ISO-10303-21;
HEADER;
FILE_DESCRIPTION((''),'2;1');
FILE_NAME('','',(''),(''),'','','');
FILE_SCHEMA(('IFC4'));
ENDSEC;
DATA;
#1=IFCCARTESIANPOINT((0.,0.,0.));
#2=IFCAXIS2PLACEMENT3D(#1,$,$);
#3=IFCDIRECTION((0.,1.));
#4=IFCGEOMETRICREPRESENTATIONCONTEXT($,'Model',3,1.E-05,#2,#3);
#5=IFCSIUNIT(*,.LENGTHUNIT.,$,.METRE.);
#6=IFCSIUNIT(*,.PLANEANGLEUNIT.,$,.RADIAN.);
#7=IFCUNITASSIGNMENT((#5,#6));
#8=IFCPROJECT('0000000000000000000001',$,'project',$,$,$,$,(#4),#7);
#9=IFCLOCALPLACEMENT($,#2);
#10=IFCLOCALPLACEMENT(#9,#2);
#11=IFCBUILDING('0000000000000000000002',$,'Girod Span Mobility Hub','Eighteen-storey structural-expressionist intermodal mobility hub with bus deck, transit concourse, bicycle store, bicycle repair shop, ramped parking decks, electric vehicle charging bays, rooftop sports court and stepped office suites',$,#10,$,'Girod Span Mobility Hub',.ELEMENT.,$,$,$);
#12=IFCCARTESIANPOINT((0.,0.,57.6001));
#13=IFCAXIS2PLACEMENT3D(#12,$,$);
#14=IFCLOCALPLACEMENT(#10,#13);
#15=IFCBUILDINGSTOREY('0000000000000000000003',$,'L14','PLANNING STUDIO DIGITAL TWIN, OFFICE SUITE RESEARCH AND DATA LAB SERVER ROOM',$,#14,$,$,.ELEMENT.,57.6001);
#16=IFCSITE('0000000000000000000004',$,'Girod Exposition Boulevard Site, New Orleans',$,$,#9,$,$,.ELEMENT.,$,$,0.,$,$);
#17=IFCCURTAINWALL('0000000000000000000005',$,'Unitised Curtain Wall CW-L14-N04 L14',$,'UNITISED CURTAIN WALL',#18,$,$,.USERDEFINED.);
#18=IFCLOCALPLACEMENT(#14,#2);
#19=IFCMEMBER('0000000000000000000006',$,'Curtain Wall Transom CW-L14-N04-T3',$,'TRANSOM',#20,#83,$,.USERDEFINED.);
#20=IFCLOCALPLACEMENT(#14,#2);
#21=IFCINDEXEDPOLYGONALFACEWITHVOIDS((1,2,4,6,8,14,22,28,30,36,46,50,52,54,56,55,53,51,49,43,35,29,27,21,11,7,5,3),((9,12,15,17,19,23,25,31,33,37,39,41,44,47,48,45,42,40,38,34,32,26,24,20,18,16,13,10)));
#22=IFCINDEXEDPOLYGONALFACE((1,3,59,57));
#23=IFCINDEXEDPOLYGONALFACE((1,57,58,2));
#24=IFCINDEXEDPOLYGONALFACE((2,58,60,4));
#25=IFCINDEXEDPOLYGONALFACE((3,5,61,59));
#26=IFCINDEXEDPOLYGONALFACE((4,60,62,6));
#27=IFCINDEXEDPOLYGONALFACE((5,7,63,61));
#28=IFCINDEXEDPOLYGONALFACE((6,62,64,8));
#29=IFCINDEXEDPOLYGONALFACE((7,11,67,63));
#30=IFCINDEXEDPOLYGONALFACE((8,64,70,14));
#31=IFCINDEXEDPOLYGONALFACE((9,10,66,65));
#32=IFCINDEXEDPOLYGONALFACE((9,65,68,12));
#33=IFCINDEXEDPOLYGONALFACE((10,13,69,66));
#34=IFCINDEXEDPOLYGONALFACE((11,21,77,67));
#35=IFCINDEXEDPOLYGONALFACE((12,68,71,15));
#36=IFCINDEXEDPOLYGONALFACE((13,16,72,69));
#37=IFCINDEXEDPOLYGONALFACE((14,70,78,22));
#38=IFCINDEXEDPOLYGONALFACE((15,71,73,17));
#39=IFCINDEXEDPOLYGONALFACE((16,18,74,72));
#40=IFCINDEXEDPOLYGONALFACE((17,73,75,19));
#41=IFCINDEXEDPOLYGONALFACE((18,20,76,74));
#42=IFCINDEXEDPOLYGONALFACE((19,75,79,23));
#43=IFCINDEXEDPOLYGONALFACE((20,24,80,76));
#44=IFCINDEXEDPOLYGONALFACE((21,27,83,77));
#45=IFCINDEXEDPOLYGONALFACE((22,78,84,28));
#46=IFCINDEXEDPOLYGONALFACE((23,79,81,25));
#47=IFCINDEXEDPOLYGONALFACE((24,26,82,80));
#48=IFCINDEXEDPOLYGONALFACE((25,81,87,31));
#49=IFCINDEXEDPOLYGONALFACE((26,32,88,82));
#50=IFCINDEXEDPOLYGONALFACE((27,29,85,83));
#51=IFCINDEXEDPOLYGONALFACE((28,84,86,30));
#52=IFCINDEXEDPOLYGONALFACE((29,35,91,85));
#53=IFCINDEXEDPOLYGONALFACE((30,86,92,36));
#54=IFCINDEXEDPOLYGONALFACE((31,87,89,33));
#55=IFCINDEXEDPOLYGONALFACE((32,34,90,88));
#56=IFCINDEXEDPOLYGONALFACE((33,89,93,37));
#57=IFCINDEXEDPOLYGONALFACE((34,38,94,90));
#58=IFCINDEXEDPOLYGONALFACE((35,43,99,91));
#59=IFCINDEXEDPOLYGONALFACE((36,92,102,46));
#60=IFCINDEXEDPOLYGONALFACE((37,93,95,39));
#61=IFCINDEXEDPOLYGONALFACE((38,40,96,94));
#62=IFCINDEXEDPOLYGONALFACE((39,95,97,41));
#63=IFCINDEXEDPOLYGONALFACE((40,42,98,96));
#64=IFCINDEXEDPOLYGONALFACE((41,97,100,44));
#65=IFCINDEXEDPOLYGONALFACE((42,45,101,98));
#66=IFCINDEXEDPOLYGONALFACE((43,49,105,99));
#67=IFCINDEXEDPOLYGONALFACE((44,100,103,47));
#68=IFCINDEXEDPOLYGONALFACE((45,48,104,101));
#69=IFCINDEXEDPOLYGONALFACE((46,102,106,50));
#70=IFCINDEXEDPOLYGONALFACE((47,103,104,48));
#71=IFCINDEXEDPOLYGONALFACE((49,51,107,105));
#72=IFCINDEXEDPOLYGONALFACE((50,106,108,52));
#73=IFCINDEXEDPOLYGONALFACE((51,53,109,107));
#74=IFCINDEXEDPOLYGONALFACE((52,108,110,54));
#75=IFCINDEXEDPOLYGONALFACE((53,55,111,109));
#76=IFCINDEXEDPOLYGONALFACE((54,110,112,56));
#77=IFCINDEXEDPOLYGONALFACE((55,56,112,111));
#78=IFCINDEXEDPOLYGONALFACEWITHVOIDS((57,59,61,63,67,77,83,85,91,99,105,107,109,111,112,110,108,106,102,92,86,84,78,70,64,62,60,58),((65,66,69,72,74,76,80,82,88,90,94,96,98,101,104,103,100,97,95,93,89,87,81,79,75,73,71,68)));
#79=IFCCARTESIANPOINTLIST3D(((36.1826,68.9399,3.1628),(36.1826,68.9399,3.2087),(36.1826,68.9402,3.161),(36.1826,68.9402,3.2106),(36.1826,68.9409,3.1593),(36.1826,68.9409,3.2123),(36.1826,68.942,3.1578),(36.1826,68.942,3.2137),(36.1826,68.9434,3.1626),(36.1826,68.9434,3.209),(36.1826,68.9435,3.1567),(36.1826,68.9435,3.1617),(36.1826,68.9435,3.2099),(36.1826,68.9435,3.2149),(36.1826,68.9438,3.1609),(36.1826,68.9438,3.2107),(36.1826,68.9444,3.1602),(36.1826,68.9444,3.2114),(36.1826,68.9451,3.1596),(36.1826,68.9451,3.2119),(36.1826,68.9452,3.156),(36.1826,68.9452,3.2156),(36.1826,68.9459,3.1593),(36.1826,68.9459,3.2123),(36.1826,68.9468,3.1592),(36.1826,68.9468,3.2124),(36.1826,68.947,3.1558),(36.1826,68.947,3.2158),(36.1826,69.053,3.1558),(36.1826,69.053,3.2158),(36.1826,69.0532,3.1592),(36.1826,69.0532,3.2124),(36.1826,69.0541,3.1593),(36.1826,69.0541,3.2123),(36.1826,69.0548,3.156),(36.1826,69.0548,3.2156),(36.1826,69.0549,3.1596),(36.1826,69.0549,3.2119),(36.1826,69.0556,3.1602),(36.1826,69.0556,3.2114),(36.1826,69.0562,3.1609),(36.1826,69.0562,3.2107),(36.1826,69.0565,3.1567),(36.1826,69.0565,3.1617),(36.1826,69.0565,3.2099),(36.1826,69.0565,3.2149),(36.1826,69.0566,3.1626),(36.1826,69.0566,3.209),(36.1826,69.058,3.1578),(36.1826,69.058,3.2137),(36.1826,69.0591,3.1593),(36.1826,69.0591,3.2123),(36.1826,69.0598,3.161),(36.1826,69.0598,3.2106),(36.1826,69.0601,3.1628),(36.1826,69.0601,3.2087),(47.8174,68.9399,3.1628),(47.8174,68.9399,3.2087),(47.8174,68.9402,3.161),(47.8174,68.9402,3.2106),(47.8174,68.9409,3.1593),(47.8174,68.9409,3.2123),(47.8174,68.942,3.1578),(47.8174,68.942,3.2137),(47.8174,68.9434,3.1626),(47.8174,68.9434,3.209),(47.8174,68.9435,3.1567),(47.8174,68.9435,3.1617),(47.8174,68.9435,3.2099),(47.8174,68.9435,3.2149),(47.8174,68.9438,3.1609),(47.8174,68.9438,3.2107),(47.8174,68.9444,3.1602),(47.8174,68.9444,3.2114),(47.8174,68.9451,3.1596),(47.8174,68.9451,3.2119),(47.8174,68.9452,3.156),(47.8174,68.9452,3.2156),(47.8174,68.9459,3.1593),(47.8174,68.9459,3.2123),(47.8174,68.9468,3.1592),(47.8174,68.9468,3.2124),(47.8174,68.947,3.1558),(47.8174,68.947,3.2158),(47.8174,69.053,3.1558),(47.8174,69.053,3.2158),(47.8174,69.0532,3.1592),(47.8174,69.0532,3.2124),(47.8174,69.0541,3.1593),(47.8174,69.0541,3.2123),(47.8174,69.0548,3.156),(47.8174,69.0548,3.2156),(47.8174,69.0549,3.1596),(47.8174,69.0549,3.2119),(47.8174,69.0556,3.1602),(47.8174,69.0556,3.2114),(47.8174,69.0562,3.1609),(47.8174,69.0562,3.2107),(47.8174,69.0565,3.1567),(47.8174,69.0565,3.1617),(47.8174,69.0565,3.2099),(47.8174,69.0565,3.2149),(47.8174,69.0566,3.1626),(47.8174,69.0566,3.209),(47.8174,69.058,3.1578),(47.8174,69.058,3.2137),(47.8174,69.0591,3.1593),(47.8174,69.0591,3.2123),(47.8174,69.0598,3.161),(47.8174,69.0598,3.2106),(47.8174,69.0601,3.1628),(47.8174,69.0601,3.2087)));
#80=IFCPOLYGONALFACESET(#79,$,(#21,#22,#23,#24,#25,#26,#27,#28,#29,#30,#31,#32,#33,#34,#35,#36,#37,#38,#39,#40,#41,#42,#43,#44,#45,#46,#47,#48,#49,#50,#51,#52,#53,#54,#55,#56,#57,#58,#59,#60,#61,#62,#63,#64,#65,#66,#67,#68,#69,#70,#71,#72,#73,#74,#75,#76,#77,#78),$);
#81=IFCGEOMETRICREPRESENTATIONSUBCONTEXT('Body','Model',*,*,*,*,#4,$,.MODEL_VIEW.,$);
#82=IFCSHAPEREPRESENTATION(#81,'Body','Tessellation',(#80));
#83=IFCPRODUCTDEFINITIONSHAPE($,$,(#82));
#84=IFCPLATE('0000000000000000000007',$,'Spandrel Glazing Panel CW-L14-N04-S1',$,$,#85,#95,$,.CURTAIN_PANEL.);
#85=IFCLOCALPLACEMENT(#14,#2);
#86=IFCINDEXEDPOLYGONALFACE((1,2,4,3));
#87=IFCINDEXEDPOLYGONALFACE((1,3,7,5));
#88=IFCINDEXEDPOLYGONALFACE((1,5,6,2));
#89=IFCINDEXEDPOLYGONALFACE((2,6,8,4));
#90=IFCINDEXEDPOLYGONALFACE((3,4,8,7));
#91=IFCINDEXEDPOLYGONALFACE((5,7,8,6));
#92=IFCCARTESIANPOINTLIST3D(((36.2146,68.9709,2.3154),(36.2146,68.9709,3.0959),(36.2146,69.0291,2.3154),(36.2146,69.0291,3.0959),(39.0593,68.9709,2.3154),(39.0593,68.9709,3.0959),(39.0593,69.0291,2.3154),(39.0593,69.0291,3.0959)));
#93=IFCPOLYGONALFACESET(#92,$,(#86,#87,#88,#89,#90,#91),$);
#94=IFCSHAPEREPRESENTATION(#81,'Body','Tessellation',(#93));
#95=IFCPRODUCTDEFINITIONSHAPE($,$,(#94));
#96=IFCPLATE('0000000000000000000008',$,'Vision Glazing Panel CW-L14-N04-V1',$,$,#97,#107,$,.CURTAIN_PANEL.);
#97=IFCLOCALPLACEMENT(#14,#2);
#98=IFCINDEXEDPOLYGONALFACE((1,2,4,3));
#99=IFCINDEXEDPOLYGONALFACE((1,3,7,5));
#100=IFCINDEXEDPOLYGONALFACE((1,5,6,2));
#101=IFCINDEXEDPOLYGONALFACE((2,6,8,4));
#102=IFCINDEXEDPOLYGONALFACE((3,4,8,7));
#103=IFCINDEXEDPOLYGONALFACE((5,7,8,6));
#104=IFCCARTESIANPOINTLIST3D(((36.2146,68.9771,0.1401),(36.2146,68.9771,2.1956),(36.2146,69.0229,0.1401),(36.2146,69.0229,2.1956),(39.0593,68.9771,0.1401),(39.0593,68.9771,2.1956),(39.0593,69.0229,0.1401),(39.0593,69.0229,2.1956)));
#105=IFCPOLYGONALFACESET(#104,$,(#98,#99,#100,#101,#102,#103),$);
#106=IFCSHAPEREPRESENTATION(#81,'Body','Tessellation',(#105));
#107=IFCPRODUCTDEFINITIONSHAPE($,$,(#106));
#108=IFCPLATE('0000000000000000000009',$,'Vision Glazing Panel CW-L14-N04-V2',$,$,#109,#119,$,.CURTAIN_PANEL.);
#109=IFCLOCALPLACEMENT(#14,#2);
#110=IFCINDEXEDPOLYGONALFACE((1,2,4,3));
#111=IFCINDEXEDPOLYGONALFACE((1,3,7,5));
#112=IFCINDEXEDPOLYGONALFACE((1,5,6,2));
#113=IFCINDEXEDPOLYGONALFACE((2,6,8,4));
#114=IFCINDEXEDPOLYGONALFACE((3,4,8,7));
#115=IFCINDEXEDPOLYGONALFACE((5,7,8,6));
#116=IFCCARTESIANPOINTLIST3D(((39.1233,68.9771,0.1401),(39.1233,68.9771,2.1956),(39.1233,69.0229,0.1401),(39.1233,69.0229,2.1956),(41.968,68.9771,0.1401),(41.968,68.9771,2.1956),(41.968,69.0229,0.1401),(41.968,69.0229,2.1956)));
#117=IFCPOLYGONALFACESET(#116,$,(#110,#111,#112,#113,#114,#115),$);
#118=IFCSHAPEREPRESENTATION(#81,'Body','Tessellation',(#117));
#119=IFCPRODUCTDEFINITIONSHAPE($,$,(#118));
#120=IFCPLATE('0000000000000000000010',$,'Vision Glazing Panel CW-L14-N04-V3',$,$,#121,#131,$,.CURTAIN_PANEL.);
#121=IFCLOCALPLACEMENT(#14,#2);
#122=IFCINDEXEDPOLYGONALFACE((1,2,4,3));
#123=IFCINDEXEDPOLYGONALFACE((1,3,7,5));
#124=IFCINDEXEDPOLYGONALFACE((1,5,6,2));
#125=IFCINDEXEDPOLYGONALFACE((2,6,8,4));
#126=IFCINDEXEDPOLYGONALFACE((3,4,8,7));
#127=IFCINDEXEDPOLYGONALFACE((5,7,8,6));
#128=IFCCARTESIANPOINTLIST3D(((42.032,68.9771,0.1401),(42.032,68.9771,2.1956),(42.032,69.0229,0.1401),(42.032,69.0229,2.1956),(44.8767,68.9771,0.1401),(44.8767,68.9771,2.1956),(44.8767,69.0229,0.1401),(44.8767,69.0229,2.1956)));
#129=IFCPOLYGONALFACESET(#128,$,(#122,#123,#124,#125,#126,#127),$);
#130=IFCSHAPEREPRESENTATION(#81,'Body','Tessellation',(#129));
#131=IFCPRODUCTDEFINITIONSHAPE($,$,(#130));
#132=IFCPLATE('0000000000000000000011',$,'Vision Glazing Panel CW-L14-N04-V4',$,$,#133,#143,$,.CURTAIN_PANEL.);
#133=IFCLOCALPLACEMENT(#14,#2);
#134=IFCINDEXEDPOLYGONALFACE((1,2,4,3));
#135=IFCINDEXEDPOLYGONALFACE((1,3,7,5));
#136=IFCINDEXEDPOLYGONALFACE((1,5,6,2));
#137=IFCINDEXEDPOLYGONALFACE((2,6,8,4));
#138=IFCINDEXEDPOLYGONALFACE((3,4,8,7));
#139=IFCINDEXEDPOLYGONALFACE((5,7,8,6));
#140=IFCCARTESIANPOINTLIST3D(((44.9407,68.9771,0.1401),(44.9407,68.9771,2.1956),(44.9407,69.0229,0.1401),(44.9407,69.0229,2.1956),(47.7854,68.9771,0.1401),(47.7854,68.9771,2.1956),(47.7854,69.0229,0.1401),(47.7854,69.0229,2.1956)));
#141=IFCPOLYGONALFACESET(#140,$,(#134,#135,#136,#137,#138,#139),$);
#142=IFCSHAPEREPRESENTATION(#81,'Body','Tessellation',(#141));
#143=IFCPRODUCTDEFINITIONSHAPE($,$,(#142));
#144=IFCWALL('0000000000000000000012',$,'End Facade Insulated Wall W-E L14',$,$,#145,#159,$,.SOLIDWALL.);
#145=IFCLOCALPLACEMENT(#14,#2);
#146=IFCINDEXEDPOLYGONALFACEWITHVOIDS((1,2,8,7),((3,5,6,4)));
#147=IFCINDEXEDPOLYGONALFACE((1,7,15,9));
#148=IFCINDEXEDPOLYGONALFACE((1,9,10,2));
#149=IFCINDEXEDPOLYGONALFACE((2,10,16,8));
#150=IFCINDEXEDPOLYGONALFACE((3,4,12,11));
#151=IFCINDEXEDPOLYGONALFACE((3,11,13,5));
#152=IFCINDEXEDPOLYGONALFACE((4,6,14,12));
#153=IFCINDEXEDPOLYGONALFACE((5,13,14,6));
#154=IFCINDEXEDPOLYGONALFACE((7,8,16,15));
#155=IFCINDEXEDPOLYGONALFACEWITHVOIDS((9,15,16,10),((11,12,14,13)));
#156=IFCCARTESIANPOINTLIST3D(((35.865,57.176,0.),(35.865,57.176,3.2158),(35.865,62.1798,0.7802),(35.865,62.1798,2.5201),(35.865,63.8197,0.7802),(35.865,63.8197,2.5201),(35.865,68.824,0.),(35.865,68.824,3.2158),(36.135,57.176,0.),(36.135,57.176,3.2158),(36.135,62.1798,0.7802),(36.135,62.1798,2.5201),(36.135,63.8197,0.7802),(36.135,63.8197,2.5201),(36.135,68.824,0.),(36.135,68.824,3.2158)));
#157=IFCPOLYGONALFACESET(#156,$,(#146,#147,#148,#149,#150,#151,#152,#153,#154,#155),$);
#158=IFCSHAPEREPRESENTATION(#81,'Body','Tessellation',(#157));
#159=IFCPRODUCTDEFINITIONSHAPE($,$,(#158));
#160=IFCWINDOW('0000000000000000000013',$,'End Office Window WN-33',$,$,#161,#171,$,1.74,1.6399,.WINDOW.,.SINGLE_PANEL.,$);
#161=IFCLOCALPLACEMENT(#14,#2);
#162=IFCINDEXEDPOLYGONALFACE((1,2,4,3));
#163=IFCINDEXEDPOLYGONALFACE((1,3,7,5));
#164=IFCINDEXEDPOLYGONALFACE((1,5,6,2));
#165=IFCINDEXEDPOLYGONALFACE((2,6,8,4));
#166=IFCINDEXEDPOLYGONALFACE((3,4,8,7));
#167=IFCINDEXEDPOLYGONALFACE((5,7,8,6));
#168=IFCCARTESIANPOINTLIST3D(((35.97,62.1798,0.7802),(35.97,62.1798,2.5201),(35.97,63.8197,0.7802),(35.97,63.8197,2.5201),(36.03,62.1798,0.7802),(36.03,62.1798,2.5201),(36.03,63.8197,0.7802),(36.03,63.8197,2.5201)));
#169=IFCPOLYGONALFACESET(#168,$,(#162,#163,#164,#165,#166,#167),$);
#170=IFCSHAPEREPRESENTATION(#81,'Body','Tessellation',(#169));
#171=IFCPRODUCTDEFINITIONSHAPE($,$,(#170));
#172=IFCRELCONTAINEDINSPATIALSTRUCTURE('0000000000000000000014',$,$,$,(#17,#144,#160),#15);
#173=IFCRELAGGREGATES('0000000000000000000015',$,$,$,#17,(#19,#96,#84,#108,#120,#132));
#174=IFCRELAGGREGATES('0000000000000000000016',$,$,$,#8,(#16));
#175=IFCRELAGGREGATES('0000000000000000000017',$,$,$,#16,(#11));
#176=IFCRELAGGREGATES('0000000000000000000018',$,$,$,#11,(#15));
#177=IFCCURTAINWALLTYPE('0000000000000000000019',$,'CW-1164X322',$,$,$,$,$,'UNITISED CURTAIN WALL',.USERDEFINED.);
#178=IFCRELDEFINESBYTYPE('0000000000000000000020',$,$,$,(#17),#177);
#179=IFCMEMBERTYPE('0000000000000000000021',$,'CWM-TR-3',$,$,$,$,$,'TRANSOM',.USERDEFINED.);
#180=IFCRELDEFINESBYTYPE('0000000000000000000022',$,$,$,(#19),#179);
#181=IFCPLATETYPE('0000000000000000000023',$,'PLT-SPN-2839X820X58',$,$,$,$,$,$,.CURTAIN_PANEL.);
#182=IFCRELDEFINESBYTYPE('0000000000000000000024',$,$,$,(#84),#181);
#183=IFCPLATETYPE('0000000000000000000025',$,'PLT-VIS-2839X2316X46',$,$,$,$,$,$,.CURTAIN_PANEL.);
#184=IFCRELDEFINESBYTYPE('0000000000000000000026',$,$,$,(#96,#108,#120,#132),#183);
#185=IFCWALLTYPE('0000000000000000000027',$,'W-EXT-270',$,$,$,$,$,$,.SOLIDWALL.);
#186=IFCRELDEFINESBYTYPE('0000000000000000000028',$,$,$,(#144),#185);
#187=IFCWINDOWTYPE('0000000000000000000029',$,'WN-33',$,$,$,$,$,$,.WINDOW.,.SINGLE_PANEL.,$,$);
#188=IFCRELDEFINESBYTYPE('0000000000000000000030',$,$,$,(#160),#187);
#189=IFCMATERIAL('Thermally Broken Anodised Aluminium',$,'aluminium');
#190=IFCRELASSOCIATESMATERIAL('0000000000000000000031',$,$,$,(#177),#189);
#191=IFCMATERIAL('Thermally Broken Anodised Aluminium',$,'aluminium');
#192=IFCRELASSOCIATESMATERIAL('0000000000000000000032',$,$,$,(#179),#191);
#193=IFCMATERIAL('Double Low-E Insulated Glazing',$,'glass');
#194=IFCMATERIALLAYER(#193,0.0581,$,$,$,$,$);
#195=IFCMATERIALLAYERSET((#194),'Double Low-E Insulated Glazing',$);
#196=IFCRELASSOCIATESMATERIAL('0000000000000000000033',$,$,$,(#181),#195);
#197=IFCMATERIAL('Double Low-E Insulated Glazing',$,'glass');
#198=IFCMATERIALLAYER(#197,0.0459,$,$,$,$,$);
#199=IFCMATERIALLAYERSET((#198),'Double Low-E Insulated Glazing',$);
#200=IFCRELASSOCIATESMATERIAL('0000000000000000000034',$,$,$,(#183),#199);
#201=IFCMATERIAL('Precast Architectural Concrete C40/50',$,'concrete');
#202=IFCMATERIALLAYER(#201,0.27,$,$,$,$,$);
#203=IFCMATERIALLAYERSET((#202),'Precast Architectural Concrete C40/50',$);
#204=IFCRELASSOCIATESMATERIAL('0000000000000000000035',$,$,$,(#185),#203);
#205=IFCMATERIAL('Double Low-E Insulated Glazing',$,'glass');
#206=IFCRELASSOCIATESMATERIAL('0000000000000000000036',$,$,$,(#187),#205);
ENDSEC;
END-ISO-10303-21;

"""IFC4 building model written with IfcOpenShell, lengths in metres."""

from ifc_helpers import new_model, si_unit, direction, frame, frame_2d, origin, origin_2d, place, context, subcontext, project, spatial, rectangle, hollow_rectangle, extrude, material, layer, layer_set, material_profile, profile_set, type_object, element, fill, aggregate, save


model = new_model("IFC4")

# Units and contexts
model_context = context("Model", 3, precision=1e-05, world=origin(), true_north=direction((0.0, 1.0)))
body_context = subcontext(model_context, "Body", "Model", "MODEL_VIEW")
ifc_project = project(units=[si_unit("LENGTHUNIT", "METRE"), si_unit("PLANEANGLEUNIT", "RADIAN")], contexts=[model_context])

# Site, building, storey
site_placement = place(None, origin())
site = spatial("IfcSite", under=ifc_project, at=site_placement, Name="Girod Exposition Boulevard Site, New Orleans", CompositionType="ELEMENT", RefElevation=0.0)
building_placement = place(site_placement, origin())
building = spatial("IfcBuilding", under=site, at=building_placement, Name="Girod Span Mobility Hub", Description="Eighteen-storey structural-expressionist intermodal mobility hub with bus deck, transit concourse, bicycle store, bicycle repair shop, ramped parking decks, electric vehicle charging bays, rooftop sports court and stepped office suites", LongName="Girod Span Mobility Hub", CompositionType="ELEMENT")
storey_placement = place(building_placement, frame((0.0, 0.0, 57.6001)))
storey = spatial("IfcBuildingStorey", under=building, at=storey_placement, Name="L14", Description="PLANNING STUDIO DIGITAL TWIN, OFFICE SUITE RESEARCH AND DATA LAB SERVER ROOM", CompositionType="ELEMENT", Elevation=57.6001)

# Curtain wall, member, plates
ifc_material_1 = material(Name="Thermally Broken Anodised Aluminium", Category="aluminium")
curtain_wall_type = type_object("IfcCurtainWallType", Name="CW-1164X322", ElementType="UNITISED CURTAIN WALL", PredefinedType="USERDEFINED", material=ifc_material_1)
curtain_wall_placement = place(storey_placement, origin())
curtain_wall = element("IfcCurtainWall", 1, at=curtain_wall_placement, inside=storey, type_object=curtain_wall_type, Name="Unitised Curtain Wall CW-L14-N04 L14", ObjectType="UNITISED CURTAIN WALL", PredefinedType="USERDEFINED")
ifc_material_2 = material(Name="Thermally Broken Anodised Aluminium", Category="aluminium")
ifc_material_profile_1 = material_profile(ifc_material_2, hollow_rectangle(XDim=0.1201, YDim=0.0601, WallThickness=0.0034, InnerFilletRadius=0.0034, OuterFilletRadius=0.0071, at=origin_2d()), Name="CW-TR-60X120")
ifc_profile_set_1 = profile_set([ifc_material_profile_1], Name="Thermally Broken Anodised Aluminium")
member_type_1 = type_object("IfcMemberType", Name="CWM-TR-3", ElementType="TRANSOM", PredefinedType="USERDEFINED", material=ifc_profile_set_1)
member_1_placement = place(storey_placement, frame((36.1826, 69.0, 3.1858), z_axis=(1.0, 0.0, 0.0), x_axis=(0.0, 1.0, 0.0)))
member_1 = element("IfcMember", 2, at=member_1_placement, type_object=member_type_1, Name="Curtain Wall Transom CW-L14-N04-T3", ObjectType="TRANSOM", PredefinedType="USERDEFINED", context=body_context, shape_type="SweptSolid", body=[
    extrude(hollow_rectangle(XDim=0.1201, YDim=0.0601, WallThickness=0.0034, InnerFilletRadius=0.0034, OuterFilletRadius=0.0071, at=origin_2d()), origin(), (0.0, 0.0, 1.0), 11.6348),
])
ifc_material_3 = material(Name="Double Low-E Insulated Glazing", Category="glass")
ifc_layer_1 = layer(ifc_material_3, 0.0581)
ifc_layer_set_1 = layer_set([ifc_layer_1], Name="Double Low-E Insulated Glazing")
plate_type_1 = type_object("IfcPlateType", Name="PLT-SPN-2839X820X58", PredefinedType="CURTAIN_PANEL", material=ifc_layer_set_1)
plate_1_placement = place(storey_placement, frame((37.637, 69.0, 2.3154), z_axis=(0.0, 0.0, 1.0), x_axis=(1.0, 0.0, 0.0)))
plate_1 = element("IfcPlate", 3, at=plate_1_placement, type_object=plate_type_1, Name="Spandrel Glazing Panel CW-L14-N04-S1", PredefinedType="CURTAIN_PANEL", context=body_context, shape_type="SweptSolid", body=[
    extrude(rectangle(XDim=2.8447, YDim=0.0581, at=origin_2d()), origin(), (0.0, 0.0, 1.0), 0.7805),
])
ifc_material_4 = material(Name="Double Low-E Insulated Glazing", Category="glass")
ifc_layer_2 = layer(ifc_material_4, 0.0459)
ifc_layer_set_2 = layer_set([ifc_layer_2], Name="Double Low-E Insulated Glazing")
plate_type_2 = type_object("IfcPlateType", Name="PLT-VIS-2839X2316X46", PredefinedType="CURTAIN_PANEL", material=ifc_layer_set_2)
plate_2_placement = place(storey_placement, frame((37.637, 69.0, 0.1401), z_axis=(0.0, 0.0, 1.0), x_axis=(1.0, 0.0, 0.0)))
plate_2 = element("IfcPlate", 4, at=plate_2_placement, type_object=plate_type_2, Name="Vision Glazing Panel CW-L14-N04-V1", PredefinedType="CURTAIN_PANEL", context=body_context, shape_type="SweptSolid", body=[
    extrude(rectangle(XDim=2.8447, YDim=0.0459, at=origin_2d()), origin(), (0.0, 0.0, 1.0), 2.0554),
])
plate_3_placement = place(storey_placement, frame((40.5457, 69.0, 0.1401), z_axis=(0.0, 0.0, 1.0), x_axis=(1.0, 0.0, 0.0)))
plate_3 = element("IfcPlate", 5, at=plate_3_placement, type_object=plate_type_2, Name="Vision Glazing Panel CW-L14-N04-V2", PredefinedType="CURTAIN_PANEL", context=body_context, shape_type="SweptSolid", body=[
    extrude(rectangle(XDim=2.8447, YDim=0.0459, at=origin_2d()), origin(), (0.0, 0.0, 1.0), 2.0554),
])
plate_4_placement = place(storey_placement, frame((43.4543, 69.0, 0.1401), z_axis=(0.0, 0.0, 1.0), x_axis=(1.0, 0.0, 0.0)))
plate_4 = element("IfcPlate", 6, at=plate_4_placement, type_object=plate_type_2, Name="Vision Glazing Panel CW-L14-N04-V3", PredefinedType="CURTAIN_PANEL", context=body_context, shape_type="SweptSolid", body=[
    extrude(rectangle(XDim=2.8447, YDim=0.0459, at=origin_2d()), origin(), (0.0, 0.0, 1.0), 2.0554),
])
plate_5_placement = place(storey_placement, frame((46.363, 69.0, 0.1401), z_axis=(0.0, 0.0, 1.0), x_axis=(1.0, 0.0, 0.0)))
plate_5 = element("IfcPlate", 7, at=plate_5_placement, type_object=plate_type_2, Name="Vision Glazing Panel CW-L14-N04-V4", PredefinedType="CURTAIN_PANEL", context=body_context, shape_type="SweptSolid", body=[
    extrude(rectangle(XDim=2.8447, YDim=0.0459, at=origin_2d()), origin(), (0.0, 0.0, 1.0), 2.0554),
])
aggregate(curtain_wall, [member_1, plate_2, plate_1, plate_3, plate_4, plate_5])

# Wall, opening, window
ifc_material_5 = material(Name="Precast Architectural Concrete C40/50", Category="concrete")
ifc_layer_3 = layer(ifc_material_5, 0.27)
ifc_layer_set_3 = layer_set([ifc_layer_3], Name="Precast Architectural Concrete C40/50")
wall_type_1 = type_object("IfcWallType", Name="W-EXT-270", PredefinedType="SOLIDWALL", material=ifc_layer_set_3)
wall_1_placement = place(storey_placement, frame((36.0, 57.176, 0.0), z_axis=(0.0, 0.0, 1.0), x_axis=(0.0, 1.0, 0.0)))
wall_1 = element("IfcWall", 8, at=wall_1_placement, inside=storey, type_object=wall_type_1, Name="End Facade Insulated Wall W-E L14", PredefinedType="SOLIDWALL", context=body_context, shape_type="SweptSolid", body=[
    extrude(rectangle(XDim=11.6479, YDim=0.27, at=frame_2d((5.824, 0.0))), origin(), (0.0, 0.0, 1.0), 3.2158),
])
opening_1_placement = place(wall_1_placement, frame((5.0039, 0.0, 0.78)))
opening_1 = element("IfcOpeningElement", 9, at=opening_1_placement, cuts=wall_1, PredefinedType="OPENING", context=body_context, shape_type="SweptSolid", body=[
    extrude(rectangle(XDim=1.6399, YDim=1.74, at=frame_2d((0.8198, 0.8701))), frame((0.0, 0.1499, 0.0), z_axis=(0.0, -1.0, 0.0), x_axis=(1.0, 0.0, 0.0)), (0.0, 0.0, 1.0), 0.3),
])
ifc_material_6 = material(Name="Double Low-E Insulated Glazing", Category="glass")
window_type = type_object("IfcWindowType", Name="WN-33", PartitioningType="SINGLE_PANEL", PredefinedType="WINDOW", material=ifc_material_6)
window_placement = place(opening_1_placement, origin())
window = element("IfcWindow", 10, at=window_placement, inside=storey, type_object=window_type, Name="End Office Window WN-33", OverallHeight=1.74, OverallWidth=1.6399, PartitioningType="SINGLE_PANEL", PredefinedType="WINDOW", context=body_context, shape_type="SweptSolid", body=[
    extrude(rectangle(XDim=1.6399, YDim=1.74, at=frame_2d((0.8198, 0.8701))), frame((0.0, 0.03, 0.0), z_axis=(0.0, -1.0, 0.0), x_axis=(1.0, 0.0, 0.0)), (0.0, 0.0, 1.0), 0.0601),
])
fill(opening_1, window)

save(model, "model.ifc")
